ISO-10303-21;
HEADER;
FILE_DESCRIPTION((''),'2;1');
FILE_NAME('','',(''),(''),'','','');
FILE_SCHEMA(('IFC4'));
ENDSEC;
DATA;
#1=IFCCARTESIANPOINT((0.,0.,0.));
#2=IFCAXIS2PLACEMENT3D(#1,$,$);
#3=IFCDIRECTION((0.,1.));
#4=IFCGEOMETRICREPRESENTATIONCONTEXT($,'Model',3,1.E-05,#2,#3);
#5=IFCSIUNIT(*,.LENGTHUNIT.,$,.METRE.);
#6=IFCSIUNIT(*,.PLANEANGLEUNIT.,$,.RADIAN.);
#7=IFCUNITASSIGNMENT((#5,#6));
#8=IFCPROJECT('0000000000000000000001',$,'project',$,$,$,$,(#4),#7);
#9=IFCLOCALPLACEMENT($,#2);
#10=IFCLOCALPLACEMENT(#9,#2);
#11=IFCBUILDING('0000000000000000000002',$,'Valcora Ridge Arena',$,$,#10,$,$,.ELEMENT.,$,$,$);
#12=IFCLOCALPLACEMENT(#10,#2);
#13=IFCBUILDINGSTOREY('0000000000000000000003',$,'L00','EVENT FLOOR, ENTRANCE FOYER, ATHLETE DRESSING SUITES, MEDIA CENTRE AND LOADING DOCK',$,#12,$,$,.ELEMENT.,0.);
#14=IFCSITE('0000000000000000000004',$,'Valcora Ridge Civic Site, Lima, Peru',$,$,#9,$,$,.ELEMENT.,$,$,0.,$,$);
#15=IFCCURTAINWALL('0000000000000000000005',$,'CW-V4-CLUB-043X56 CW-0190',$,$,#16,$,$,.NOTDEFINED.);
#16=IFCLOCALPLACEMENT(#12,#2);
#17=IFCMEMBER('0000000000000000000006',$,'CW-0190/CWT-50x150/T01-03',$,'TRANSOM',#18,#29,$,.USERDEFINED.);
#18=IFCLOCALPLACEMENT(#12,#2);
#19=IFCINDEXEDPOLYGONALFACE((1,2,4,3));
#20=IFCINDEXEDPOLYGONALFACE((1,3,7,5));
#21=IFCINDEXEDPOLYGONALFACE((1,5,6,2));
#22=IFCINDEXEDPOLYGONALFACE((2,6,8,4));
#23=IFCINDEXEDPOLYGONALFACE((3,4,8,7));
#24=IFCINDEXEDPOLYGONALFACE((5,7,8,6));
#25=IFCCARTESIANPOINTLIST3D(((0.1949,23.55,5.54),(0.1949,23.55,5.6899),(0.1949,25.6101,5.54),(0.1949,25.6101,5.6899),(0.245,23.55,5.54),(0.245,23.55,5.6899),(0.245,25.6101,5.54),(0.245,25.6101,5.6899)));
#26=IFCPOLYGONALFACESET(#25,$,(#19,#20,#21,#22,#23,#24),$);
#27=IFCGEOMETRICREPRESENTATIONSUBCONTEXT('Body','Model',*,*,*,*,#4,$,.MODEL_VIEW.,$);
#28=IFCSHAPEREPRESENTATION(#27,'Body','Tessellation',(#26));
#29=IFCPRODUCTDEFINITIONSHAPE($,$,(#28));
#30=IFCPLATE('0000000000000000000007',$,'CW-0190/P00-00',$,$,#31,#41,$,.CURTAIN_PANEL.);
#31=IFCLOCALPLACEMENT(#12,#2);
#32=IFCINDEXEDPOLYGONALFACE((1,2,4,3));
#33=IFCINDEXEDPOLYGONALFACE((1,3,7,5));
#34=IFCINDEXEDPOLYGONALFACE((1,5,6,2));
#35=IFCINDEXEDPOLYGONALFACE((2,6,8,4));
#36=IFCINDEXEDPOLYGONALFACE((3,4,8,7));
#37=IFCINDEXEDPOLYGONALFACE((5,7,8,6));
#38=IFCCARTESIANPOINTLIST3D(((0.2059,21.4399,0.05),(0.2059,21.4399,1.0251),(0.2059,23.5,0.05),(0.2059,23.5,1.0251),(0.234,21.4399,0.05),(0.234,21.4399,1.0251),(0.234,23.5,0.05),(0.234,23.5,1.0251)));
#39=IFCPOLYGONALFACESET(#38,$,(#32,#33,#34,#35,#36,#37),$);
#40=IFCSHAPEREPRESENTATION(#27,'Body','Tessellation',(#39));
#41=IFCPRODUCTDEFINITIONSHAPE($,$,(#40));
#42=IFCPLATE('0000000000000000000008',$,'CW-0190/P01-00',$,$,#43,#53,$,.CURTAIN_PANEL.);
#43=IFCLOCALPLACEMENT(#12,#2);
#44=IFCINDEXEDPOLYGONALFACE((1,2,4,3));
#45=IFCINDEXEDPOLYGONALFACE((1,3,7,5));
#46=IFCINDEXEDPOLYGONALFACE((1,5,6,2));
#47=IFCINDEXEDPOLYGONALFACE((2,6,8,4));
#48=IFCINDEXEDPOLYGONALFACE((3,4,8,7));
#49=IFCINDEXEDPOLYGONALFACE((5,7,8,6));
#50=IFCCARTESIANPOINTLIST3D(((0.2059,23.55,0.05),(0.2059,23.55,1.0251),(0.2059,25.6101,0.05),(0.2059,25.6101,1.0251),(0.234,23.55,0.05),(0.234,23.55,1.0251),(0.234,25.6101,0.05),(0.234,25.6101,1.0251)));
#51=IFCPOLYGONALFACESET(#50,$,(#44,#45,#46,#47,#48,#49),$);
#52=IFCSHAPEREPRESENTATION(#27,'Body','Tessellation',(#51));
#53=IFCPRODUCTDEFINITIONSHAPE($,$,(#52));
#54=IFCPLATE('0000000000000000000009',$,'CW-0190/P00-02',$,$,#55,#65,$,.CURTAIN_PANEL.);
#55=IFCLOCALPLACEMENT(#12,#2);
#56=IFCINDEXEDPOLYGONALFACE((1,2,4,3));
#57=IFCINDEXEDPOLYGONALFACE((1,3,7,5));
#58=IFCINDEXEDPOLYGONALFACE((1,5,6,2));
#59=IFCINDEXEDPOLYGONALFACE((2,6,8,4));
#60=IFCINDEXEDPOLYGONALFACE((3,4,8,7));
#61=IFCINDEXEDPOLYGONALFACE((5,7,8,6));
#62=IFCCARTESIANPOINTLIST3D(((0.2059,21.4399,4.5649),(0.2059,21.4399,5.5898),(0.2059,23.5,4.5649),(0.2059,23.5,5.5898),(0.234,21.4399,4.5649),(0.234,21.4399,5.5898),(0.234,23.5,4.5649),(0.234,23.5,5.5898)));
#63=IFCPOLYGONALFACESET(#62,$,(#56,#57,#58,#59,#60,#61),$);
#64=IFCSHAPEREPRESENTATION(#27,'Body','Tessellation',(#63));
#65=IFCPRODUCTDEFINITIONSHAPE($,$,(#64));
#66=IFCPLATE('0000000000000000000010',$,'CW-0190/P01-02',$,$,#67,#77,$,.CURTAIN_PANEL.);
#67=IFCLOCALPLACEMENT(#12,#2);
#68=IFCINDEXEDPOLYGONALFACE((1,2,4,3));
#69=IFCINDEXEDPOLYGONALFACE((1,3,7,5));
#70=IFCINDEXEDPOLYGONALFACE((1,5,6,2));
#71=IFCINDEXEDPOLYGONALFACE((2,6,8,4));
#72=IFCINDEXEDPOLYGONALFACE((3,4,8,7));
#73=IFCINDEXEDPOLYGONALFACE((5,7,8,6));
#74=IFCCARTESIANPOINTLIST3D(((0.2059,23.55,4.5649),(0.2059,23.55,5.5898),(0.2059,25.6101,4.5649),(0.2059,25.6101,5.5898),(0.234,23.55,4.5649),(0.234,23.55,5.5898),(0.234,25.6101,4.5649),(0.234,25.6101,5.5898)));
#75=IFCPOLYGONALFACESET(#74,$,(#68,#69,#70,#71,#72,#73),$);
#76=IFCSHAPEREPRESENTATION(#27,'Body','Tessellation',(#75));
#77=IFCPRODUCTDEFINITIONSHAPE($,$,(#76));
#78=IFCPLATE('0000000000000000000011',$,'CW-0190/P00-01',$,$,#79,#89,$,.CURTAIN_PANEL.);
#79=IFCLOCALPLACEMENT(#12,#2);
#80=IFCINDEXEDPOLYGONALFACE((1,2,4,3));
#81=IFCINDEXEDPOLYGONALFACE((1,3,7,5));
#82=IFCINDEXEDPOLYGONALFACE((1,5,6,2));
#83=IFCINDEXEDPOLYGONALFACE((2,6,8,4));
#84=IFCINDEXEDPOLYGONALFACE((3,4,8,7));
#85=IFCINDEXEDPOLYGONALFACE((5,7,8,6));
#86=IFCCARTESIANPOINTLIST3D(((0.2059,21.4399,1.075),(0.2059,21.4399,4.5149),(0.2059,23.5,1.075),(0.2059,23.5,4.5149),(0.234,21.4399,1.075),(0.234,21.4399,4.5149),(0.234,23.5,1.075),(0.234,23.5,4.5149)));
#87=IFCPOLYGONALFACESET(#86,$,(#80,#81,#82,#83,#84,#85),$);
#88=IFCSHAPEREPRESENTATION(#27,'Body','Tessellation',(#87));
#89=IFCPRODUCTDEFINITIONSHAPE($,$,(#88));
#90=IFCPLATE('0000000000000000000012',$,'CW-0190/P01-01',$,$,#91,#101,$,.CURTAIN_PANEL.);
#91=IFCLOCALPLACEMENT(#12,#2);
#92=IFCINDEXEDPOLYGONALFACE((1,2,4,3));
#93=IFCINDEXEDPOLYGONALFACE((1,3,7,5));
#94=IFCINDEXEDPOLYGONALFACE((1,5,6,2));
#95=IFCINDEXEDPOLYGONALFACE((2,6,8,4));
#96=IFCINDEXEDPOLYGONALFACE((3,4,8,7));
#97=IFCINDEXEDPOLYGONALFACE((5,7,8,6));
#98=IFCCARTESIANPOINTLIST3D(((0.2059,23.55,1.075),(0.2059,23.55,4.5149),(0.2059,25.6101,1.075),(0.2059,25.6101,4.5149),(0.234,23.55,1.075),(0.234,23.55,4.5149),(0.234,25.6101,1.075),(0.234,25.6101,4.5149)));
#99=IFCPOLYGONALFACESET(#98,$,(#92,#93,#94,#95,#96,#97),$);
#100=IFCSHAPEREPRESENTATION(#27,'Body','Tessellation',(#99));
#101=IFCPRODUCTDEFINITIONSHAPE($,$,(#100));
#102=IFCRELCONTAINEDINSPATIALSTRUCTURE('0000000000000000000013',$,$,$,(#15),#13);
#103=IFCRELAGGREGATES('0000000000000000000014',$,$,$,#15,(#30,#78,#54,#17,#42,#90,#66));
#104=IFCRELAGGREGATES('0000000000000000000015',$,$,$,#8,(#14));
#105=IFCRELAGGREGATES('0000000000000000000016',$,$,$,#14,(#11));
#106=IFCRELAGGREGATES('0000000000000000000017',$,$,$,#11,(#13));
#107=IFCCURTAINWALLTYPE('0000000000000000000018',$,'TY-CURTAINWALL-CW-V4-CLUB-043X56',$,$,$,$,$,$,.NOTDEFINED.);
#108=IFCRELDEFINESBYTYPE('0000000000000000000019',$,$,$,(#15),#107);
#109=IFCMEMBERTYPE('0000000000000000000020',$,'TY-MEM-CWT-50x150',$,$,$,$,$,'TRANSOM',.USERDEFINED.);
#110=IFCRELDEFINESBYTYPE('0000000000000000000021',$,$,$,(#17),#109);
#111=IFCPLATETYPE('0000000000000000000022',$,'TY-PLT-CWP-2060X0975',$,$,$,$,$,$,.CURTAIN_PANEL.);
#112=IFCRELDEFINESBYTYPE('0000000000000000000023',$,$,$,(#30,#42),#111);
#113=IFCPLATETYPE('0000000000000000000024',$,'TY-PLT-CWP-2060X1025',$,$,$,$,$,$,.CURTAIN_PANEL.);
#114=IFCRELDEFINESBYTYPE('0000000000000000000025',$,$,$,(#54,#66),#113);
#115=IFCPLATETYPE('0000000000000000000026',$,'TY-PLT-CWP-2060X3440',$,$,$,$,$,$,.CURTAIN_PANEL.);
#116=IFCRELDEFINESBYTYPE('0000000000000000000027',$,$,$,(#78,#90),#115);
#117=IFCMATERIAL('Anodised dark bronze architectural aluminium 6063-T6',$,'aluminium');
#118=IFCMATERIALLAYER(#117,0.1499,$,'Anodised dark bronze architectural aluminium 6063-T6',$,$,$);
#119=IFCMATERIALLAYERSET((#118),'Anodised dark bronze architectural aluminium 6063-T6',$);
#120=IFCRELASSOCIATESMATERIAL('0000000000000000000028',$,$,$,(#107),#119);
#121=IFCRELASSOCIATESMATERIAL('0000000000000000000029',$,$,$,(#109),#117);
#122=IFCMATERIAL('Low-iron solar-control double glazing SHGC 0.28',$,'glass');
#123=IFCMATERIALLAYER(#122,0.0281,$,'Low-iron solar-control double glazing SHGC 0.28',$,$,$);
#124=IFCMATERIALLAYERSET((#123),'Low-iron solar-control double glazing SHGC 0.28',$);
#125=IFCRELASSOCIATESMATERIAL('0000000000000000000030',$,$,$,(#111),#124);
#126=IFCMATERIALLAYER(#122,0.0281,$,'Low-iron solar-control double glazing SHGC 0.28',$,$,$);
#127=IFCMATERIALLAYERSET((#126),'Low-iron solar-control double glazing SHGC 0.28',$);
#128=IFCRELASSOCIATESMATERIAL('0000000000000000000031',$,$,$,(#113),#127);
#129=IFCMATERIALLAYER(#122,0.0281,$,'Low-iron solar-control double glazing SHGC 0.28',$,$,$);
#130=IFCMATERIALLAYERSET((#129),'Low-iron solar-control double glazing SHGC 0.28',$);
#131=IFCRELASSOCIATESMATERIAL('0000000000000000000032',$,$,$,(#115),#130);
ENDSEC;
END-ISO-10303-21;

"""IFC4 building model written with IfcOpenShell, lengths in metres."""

from ifc_helpers import new_model, si_unit, direction, frame, origin, origin_2d, place, context, subcontext, project, spatial, rectangle, extrude, material, layer, layer_set, material_profile, profile_set, type_object, element, aggregate, save


model = new_model("IFC4")

# Units and contexts
model_context = context("Model", 3, precision=1e-05, world=origin(), true_north=direction((0.0, 1.0)))
body_context = subcontext(model_context, "Body", "Model", "MODEL_VIEW")
ifc_project = project(units=[si_unit("LENGTHUNIT", "METRE"), si_unit("PLANEANGLEUNIT", "RADIAN")], contexts=[model_context])

# Site, building, storey
site_placement = place(None, origin())
site = spatial("IfcSite", under=ifc_project, at=site_placement, Name="Valcora Ridge Civic Site, Lima, Peru", CompositionType="ELEMENT", RefElevation=0.0)
building_placement = place(site_placement, origin())
building = spatial("IfcBuilding", under=site, at=building_placement, Name="Valcora Ridge Arena", CompositionType="ELEMENT")
storey_placement = place(building_placement, origin())
storey = spatial("IfcBuildingStorey", under=building, at=storey_placement, Name="L00", Description="EVENT FLOOR, ENTRANCE FOYER, ATHLETE DRESSING SUITES, MEDIA CENTRE AND LOADING DOCK", CompositionType="ELEMENT", Elevation=0.0)

# Curtain wall, member, plates
ifc_material_1 = material(Name="Anodised dark bronze architectural aluminium 6063-T6", Category="aluminium")
ifc_layer_1 = layer(ifc_material_1, 0.1499, Name="Anodised dark bronze architectural aluminium 6063-T6")
ifc_layer_set_1 = layer_set([ifc_layer_1], Name="Anodised dark bronze architectural aluminium 6063-T6")
curtain_wall_type = type_object("IfcCurtainWallType", Name="TY-CURTAINWALL-CW-V4-CLUB-043X56", PredefinedType="NOTDEFINED", material=ifc_layer_set_1)
curtain_wall_placement = place(storey_placement, origin())
curtain_wall = element("IfcCurtainWall", 1, at=curtain_wall_placement, inside=storey, type_object=curtain_wall_type, Name="CW-V4-CLUB-043X56 CW-0190", PredefinedType="NOTDEFINED")
ifc_material_profile_1 = material_profile(ifc_material_1, rectangle(XDim=0.05, YDim=0.1499, at=origin_2d()), Name="ALU TRANSOM 50x150")
ifc_profile_set_1 = profile_set([ifc_material_profile_1], Name="Anodised dark bronze architectural aluminium 6063-T6")
member_type_1 = type_object("IfcMemberType", Name="TY-MEM-CWT-50x150", ElementType="TRANSOM", PredefinedType="USERDEFINED", material=ifc_profile_set_1)
member_1_placement = place(storey_placement, frame((0.22, 23.55, 5.615), z_axis=(0.0, 1.0, 0.0), x_axis=(-1.0, 0.0, 0.0)))
member_1 = element("IfcMember", 2, at=member_1_placement, type_object=member_type_1, Name="CW-0190/CWT-50x150/T01-03", ObjectType="TRANSOM", PredefinedType="USERDEFINED", context=body_context, shape_type="SweptSolid", body=[
    extrude(rectangle(XDim=0.05, YDim=0.1499, at=origin_2d()), origin(), (0.0, 0.0, 1.0), 2.0601),
])
ifc_material_2 = material(Name="Low-iron solar-control double glazing SHGC 0.28", Category="glass")
ifc_layer_2 = layer(ifc_material_2, 0.0281, Name="Low-iron solar-control double glazing SHGC 0.28")
ifc_layer_set_2 = layer_set([ifc_layer_2], Name="Low-iron solar-control double glazing SHGC 0.28")
plate_type_1 = type_object("IfcPlateType", Name="TY-PLT-CWP-2060X0975", PredefinedType="CURTAIN_PANEL", material=ifc_layer_set_2)
plate_1_placement = place(storey_placement, frame((0.22, 22.47, 0.05), z_axis=(0.0, 0.0, 1.0), x_axis=(0.0, 1.0, 0.0)))
plate_1 = element("IfcPlate", 3, at=plate_1_placement, type_object=plate_type_1, Name="CW-0190/P00-00", PredefinedType="CURTAIN_PANEL", context=body_context, shape_type="SweptSolid", body=[
    extrude(rectangle(XDim=2.0601, YDim=0.0281, at=origin_2d()), origin(), (0.0, 0.0, 1.0), 0.9751),
])
plate_2_placement = place(storey_placement, frame((0.22, 24.5801, 0.05), z_axis=(0.0, 0.0, 1.0), x_axis=(0.0, 1.0, 0.0)))
plate_2 = element("IfcPlate", 4, at=plate_2_placement, type_object=plate_type_1, Name="CW-0190/P01-00", PredefinedType="CURTAIN_PANEL", context=body_context, shape_type="SweptSolid", body=[
    extrude(rectangle(XDim=2.0601, YDim=0.0281, at=origin_2d()), origin(), (0.0, 0.0, 1.0), 0.9751),
])
ifc_layer_3 = layer(ifc_material_2, 0.0281, Name="Low-iron solar-control double glazing SHGC 0.28")
ifc_layer_set_3 = layer_set([ifc_layer_3], Name="Low-iron solar-control double glazing SHGC 0.28")
plate_type_2 = type_object("IfcPlateType", Name="TY-PLT-CWP-2060X1025", PredefinedType="CURTAIN_PANEL", material=ifc_layer_set_3)
plate_3_placement = place(storey_placement, frame((0.22, 22.47, 4.5649), z_axis=(0.0, 0.0, 1.0), x_axis=(0.0, 1.0, 0.0)))
plate_3 = element("IfcPlate", 5, at=plate_3_placement, type_object=plate_type_2, Name="CW-0190/P00-02", PredefinedType="CURTAIN_PANEL", context=body_context, shape_type="SweptSolid", body=[
    extrude(rectangle(XDim=2.0601, YDim=0.0281, at=origin_2d()), origin(), (0.0, 0.0, 1.0), 1.0249),
])
plate_4_placement = place(storey_placement, frame((0.22, 24.5801, 4.5649), z_axis=(0.0, 0.0, 1.0), x_axis=(0.0, 1.0, 0.0)))
plate_4 = element("IfcPlate", 6, at=plate_4_placement, type_object=plate_type_2, Name="CW-0190/P01-02", PredefinedType="CURTAIN_PANEL", context=body_context, shape_type="SweptSolid", body=[
    extrude(rectangle(XDim=2.0601, YDim=0.0281, at=origin_2d()), origin(), (0.0, 0.0, 1.0), 1.0249),
])
ifc_layer_4 = layer(ifc_material_2, 0.0281, Name="Low-iron solar-control double glazing SHGC 0.28")
ifc_layer_set_4 = layer_set([ifc_layer_4], Name="Low-iron solar-control double glazing SHGC 0.28")
plate_type_3 = type_object("IfcPlateType", Name="TY-PLT-CWP-2060X3440", PredefinedType="CURTAIN_PANEL", material=ifc_layer_set_4)
plate_5_placement = place(storey_placement, frame((0.22, 22.47, 1.075), z_axis=(0.0, 0.0, 1.0), x_axis=(0.0, 1.0, 0.0)))
plate_5 = element("IfcPlate", 7, at=plate_5_placement, type_object=plate_type_3, Name="CW-0190/P00-01", PredefinedType="CURTAIN_PANEL", context=body_context, shape_type="SweptSolid", body=[
    extrude(rectangle(XDim=2.0601, YDim=0.0281, at=origin_2d()), origin(), (0.0, 0.0, 1.0), 3.4399),
])
plate_6_placement = place(storey_placement, frame((0.22, 24.5801, 1.075), z_axis=(0.0, 0.0, 1.0), x_axis=(0.0, 1.0, 0.0)))
plate_6 = element("IfcPlate", 8, at=plate_6_placement, type_object=plate_type_3, Name="CW-0190/P01-01", PredefinedType="CURTAIN_PANEL", context=body_context, shape_type="SweptSolid", body=[
    extrude(rectangle(XDim=2.0601, YDim=0.0281, at=origin_2d()), origin(), (0.0, 0.0, 1.0), 3.4399),
])
aggregate(curtain_wall, [plate_1, plate_5, plate_3, member_1, plate_2, plate_6, plate_4])

save(model, "model.ifc")
